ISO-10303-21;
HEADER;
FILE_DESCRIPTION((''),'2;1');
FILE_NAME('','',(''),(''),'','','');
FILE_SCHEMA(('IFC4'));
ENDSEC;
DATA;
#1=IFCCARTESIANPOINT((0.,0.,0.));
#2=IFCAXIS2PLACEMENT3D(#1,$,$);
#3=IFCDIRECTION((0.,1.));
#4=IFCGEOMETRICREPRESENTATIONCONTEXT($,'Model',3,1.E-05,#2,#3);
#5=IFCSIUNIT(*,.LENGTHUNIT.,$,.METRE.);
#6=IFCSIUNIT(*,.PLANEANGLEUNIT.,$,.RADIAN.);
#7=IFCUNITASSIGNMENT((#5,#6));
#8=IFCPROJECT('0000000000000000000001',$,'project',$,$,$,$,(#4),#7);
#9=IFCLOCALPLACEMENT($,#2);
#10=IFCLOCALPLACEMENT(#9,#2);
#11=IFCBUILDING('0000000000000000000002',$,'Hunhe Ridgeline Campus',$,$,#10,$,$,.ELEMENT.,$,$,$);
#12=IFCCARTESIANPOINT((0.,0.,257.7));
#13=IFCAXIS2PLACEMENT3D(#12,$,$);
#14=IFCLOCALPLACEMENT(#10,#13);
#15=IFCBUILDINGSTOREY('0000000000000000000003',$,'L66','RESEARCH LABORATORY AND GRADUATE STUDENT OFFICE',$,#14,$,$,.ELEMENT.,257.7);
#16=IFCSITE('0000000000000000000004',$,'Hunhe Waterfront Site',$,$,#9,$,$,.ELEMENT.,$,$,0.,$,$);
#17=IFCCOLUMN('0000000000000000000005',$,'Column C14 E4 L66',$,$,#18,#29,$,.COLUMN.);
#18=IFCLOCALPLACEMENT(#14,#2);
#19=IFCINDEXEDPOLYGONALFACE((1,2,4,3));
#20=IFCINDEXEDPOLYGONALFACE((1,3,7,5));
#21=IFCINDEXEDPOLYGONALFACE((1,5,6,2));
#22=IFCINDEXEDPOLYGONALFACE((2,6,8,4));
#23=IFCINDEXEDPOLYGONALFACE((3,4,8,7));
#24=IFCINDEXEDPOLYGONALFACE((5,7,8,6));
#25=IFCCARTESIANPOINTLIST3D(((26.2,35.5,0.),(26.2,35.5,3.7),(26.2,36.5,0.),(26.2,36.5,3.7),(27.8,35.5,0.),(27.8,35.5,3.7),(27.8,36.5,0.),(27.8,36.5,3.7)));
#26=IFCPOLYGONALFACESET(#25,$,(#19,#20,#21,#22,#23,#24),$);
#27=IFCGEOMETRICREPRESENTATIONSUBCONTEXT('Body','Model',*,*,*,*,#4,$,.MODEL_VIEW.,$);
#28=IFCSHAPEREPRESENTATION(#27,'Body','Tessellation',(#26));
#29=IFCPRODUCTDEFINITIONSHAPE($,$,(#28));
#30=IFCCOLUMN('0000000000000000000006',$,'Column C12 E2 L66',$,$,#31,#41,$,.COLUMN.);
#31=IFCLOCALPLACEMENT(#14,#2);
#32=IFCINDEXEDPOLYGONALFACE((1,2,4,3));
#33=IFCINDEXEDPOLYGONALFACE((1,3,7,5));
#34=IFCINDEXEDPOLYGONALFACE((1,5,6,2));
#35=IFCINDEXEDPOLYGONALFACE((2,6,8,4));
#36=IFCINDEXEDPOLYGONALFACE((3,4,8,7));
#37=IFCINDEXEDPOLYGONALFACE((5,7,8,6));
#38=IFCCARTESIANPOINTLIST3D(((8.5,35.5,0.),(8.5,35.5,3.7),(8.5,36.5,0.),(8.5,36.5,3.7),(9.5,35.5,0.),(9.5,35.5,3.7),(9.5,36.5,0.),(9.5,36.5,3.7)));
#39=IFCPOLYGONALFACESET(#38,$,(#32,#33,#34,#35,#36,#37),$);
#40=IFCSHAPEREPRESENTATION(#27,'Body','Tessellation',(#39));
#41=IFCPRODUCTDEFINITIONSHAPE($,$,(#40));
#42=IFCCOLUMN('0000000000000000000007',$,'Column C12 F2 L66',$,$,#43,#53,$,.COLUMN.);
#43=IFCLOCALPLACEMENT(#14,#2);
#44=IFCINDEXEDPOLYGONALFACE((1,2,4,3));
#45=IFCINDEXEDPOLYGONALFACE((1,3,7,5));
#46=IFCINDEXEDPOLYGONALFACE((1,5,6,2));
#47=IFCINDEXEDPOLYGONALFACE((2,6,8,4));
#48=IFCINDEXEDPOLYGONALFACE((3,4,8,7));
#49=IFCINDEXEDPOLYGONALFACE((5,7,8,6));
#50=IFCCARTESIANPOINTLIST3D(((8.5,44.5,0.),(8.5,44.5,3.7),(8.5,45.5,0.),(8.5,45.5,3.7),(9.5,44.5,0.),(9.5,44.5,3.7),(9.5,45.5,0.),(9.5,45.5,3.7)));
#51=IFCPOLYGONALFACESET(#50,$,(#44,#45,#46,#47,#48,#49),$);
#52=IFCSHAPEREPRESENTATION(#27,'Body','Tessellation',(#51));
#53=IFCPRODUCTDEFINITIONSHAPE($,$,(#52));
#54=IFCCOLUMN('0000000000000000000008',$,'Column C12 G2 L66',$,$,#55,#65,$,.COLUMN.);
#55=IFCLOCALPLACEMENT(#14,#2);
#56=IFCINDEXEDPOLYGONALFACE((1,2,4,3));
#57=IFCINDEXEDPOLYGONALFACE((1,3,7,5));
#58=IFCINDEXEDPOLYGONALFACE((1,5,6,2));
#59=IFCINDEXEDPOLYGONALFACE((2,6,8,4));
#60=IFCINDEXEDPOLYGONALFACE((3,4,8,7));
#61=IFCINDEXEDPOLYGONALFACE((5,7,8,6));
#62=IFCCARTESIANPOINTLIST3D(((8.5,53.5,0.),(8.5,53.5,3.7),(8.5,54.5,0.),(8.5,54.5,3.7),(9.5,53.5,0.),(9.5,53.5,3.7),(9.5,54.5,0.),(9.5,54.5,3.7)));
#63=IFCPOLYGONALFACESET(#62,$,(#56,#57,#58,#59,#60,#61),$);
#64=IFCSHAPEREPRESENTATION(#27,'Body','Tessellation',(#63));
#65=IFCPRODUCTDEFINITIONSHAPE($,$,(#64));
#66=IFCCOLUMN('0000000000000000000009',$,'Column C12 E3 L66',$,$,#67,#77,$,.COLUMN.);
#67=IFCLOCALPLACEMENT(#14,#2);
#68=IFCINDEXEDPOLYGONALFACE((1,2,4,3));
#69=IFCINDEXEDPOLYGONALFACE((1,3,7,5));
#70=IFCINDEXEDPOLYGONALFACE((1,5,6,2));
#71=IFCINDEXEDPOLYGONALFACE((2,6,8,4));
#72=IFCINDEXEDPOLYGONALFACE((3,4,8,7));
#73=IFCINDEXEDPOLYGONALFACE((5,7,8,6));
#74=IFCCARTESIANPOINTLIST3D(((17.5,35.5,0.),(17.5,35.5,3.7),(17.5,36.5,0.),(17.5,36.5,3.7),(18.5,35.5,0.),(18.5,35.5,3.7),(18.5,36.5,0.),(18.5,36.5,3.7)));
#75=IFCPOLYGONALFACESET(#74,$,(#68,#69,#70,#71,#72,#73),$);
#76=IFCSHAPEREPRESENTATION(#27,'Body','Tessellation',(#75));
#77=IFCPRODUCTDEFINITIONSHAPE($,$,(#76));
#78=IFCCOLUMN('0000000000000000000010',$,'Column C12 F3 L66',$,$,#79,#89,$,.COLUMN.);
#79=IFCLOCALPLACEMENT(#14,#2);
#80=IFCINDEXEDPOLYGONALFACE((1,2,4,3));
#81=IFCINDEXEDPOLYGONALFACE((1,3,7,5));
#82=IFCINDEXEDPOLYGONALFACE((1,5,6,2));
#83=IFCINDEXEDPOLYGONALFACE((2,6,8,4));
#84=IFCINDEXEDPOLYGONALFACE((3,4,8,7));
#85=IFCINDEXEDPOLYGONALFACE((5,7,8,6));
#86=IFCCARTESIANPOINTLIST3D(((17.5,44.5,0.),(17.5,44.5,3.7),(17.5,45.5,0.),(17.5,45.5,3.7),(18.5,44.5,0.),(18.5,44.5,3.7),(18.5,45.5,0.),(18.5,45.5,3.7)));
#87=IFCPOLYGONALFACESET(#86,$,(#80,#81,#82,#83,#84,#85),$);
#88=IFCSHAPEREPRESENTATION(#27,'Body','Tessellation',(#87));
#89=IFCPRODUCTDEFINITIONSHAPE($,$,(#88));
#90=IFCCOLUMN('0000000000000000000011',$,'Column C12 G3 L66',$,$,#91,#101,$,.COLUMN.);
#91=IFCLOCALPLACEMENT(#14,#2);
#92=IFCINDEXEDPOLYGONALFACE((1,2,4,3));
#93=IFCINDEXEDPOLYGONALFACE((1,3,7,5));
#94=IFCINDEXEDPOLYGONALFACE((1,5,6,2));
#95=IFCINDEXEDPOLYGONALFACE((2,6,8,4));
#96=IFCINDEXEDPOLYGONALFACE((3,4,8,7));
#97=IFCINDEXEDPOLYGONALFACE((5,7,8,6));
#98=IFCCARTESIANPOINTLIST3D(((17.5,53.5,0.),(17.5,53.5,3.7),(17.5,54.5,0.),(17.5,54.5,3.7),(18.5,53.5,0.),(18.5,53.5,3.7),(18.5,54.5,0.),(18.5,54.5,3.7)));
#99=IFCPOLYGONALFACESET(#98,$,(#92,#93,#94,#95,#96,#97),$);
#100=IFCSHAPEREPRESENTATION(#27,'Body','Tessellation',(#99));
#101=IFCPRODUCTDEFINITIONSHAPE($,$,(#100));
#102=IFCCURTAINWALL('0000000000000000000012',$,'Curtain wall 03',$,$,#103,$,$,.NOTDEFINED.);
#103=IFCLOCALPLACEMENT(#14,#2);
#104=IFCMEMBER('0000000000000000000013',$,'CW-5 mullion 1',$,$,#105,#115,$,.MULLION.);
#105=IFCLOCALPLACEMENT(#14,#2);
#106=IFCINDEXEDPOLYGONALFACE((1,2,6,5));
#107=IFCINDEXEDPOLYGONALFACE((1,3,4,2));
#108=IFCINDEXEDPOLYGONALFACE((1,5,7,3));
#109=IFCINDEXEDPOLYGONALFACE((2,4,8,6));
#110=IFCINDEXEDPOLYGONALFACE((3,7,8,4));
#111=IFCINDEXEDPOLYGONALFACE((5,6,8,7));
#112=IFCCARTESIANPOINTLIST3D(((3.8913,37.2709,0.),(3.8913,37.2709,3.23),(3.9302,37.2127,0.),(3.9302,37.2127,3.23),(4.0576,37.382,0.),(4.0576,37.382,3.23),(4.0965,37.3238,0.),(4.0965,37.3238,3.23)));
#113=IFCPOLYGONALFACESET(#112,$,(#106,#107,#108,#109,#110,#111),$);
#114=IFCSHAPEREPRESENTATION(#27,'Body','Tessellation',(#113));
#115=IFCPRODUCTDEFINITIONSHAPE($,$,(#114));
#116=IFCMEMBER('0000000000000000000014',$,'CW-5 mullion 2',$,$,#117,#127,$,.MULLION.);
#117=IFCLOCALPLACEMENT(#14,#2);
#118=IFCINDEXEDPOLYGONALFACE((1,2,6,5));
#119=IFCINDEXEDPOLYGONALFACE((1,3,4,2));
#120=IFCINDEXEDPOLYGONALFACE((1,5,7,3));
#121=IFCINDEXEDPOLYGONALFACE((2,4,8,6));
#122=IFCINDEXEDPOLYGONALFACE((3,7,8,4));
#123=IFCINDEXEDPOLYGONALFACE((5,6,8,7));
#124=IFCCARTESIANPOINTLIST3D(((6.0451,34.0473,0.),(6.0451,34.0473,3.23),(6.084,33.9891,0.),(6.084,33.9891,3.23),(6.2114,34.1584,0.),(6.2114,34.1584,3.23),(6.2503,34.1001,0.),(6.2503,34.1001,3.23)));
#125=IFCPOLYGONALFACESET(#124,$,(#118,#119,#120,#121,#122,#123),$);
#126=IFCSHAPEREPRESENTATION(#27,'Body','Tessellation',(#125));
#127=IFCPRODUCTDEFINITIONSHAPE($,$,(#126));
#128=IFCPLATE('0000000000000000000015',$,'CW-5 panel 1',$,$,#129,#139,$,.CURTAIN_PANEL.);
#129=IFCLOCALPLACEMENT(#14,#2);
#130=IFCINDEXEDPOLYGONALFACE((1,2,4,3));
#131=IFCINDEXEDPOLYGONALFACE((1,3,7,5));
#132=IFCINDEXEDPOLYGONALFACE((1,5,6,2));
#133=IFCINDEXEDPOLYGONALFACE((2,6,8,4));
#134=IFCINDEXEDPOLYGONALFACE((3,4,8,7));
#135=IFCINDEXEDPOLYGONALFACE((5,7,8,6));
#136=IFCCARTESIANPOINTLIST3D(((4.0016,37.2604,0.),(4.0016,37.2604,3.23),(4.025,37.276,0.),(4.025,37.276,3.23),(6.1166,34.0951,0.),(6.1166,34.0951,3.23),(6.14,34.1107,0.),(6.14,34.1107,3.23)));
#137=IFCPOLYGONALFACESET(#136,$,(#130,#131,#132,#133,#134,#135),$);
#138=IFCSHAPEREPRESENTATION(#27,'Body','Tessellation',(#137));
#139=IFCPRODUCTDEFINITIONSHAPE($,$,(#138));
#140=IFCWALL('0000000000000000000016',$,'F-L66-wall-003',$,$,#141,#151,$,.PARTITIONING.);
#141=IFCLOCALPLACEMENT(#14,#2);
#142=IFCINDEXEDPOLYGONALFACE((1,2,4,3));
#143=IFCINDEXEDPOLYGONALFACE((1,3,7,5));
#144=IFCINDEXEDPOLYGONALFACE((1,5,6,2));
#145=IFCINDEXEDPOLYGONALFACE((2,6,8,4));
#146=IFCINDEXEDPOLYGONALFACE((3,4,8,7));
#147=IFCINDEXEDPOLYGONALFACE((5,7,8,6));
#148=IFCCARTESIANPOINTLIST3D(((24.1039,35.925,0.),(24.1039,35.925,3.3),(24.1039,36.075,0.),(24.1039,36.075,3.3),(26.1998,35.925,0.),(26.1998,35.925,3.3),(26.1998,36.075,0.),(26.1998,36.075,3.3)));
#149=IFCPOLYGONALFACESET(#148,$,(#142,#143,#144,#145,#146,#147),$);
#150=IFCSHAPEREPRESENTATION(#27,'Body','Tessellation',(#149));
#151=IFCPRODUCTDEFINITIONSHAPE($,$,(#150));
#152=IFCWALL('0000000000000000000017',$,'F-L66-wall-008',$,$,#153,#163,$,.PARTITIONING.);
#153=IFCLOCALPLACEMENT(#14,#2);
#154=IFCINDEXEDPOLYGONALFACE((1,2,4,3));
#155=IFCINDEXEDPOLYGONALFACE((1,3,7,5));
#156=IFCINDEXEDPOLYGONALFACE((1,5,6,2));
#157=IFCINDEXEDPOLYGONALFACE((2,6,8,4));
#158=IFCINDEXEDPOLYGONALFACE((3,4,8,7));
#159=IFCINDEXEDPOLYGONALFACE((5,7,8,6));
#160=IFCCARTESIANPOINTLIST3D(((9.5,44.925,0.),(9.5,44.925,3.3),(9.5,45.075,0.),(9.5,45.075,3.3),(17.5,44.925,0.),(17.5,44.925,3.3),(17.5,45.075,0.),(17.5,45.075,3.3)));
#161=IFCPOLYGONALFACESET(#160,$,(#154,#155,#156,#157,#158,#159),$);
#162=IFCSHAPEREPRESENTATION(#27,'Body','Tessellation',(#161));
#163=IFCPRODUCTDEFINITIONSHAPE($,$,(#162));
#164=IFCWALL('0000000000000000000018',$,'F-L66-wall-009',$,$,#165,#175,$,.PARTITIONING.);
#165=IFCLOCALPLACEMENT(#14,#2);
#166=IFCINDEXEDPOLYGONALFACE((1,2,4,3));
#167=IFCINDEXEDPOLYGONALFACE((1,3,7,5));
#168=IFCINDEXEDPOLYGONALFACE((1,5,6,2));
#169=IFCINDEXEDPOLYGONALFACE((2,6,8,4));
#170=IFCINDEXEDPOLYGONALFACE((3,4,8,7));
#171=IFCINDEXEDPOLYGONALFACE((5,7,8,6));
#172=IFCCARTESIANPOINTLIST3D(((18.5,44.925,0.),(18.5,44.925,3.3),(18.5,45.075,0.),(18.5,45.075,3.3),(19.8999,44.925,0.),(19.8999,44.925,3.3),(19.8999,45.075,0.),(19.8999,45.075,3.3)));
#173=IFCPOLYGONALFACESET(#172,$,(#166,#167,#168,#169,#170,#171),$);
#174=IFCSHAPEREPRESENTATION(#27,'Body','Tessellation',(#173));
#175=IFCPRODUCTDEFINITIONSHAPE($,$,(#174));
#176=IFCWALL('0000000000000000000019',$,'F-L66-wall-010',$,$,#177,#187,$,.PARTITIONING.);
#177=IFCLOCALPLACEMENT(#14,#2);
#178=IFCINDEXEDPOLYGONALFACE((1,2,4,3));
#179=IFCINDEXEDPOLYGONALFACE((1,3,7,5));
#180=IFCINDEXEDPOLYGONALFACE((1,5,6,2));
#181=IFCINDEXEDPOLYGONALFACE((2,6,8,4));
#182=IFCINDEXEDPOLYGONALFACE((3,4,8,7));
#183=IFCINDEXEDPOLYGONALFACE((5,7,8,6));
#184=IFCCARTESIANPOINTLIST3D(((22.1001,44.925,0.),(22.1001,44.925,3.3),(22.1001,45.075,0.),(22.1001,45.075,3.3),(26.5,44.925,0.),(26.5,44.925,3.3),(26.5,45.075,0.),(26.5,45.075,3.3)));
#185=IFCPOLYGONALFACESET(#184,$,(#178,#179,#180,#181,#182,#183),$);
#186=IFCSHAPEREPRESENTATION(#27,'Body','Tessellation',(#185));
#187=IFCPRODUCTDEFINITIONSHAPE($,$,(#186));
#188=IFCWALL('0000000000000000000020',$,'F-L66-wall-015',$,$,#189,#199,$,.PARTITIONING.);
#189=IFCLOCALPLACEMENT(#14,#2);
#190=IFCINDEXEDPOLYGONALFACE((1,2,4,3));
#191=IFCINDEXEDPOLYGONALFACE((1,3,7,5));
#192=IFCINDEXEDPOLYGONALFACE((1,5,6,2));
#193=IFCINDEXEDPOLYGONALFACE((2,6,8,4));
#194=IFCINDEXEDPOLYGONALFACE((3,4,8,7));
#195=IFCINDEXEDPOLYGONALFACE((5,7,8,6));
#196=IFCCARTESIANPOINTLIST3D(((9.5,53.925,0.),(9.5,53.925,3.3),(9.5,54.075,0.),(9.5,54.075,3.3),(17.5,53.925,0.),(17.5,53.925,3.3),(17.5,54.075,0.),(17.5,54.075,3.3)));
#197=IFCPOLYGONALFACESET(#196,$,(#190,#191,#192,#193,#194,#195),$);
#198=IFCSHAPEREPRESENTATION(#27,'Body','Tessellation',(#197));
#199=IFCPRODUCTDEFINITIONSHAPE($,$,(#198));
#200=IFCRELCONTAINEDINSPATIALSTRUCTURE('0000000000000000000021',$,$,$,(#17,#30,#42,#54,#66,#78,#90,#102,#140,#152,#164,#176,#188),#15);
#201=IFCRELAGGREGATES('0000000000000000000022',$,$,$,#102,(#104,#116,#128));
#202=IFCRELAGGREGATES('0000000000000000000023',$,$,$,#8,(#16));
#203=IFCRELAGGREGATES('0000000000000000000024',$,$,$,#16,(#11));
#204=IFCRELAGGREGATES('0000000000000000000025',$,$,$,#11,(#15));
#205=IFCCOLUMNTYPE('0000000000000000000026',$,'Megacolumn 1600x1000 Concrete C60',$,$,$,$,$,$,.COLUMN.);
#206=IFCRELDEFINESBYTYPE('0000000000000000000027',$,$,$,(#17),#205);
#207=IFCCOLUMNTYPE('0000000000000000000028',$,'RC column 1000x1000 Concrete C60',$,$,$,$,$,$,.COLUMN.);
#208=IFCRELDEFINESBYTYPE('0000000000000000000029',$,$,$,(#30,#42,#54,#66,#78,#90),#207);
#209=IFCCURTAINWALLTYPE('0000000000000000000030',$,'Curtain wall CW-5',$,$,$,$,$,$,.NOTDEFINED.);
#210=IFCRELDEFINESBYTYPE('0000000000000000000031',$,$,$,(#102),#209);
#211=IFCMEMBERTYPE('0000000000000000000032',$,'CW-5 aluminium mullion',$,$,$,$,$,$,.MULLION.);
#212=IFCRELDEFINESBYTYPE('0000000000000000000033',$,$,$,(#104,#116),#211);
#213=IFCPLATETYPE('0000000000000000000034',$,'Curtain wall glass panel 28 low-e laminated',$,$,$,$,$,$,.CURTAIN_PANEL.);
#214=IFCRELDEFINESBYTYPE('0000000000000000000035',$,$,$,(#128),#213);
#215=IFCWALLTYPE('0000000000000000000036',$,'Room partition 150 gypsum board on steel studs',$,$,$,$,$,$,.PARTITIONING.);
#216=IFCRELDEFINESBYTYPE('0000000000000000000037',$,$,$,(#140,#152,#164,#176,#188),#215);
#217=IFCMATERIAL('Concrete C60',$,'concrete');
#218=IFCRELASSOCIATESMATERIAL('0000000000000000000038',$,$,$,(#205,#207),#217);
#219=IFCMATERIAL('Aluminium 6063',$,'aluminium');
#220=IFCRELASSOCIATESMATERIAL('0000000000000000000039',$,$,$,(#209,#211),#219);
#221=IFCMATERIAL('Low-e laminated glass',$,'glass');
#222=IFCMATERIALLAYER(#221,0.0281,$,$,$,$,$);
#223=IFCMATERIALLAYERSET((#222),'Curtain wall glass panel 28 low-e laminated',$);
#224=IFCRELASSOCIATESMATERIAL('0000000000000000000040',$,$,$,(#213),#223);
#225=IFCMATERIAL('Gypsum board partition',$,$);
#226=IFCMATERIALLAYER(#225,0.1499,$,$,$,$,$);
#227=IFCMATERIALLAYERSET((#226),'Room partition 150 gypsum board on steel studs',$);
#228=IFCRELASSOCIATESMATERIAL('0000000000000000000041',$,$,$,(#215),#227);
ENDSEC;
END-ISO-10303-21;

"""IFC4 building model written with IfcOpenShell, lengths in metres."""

from ifc_helpers import new_model, si_unit, direction, frame, frame_2d, origin, origin_2d, place, context, subcontext, project, spatial, rectangle, extrude, material, layer, layer_set, material_profile, profile_set, type_object, element, aggregate, save


model = new_model("IFC4")

# Units and contexts
model_context = context("Model", 3, precision=1e-05, world=origin(), true_north=direction((0.0, 1.0)))
body_context = subcontext(model_context, "Body", "Model", "MODEL_VIEW")
ifc_project = project(units=[si_unit("LENGTHUNIT", "METRE"), si_unit("PLANEANGLEUNIT", "RADIAN")], contexts=[model_context])

# Site, building, storey
site_placement = place(None, origin())
site = spatial("IfcSite", under=ifc_project, at=site_placement, Name="Hunhe Waterfront Site", CompositionType="ELEMENT", RefElevation=0.0)
building_placement = place(site_placement, origin())
building = spatial("IfcBuilding", under=site, at=building_placement, Name="Hunhe Ridgeline Campus", CompositionType="ELEMENT")
storey_placement = place(building_placement, frame((0.0, 0.0, 257.7)))
storey = spatial("IfcBuildingStorey", under=building, at=storey_placement, Name="L66", Description="RESEARCH LABORATORY AND GRADUATE STUDENT OFFICE", CompositionType="ELEMENT", Elevation=257.7)

# Columns
ifc_material_1 = material(Name="Concrete C60", Category="concrete")
ifc_material_profile_1 = material_profile(ifc_material_1, rectangle(XDim=1.6001, YDim=1.0, at=origin_2d()))
ifc_profile_set_1 = profile_set([ifc_material_profile_1], Name="Concrete C60")
column_type_1 = type_object("IfcColumnType", Name="Megacolumn 1600x1000 Concrete C60", PredefinedType="COLUMN", material=ifc_profile_set_1)
column_placement = place(storey_placement, frame((27.0, 36.0, 0.0), z_axis=(0.0, 0.0, 1.0), x_axis=(1.0, 0.0, 0.0)))
element("IfcColumn", 1, at=column_placement, inside=storey, type_object=column_type_1, Name="Column C14 E4 L66", PredefinedType="COLUMN", context=body_context, shape_type="SweptSolid", body=[
    extrude(rectangle(XDim=1.6001, YDim=1.0, at=origin_2d()), origin(), (0.0, 0.0, 1.0), 3.7),
])
ifc_material_profile_2 = material_profile(ifc_material_1, rectangle(XDim=1.0, YDim=1.0, at=origin_2d()))
ifc_profile_set_2 = profile_set([ifc_material_profile_2], Name="Concrete C60")
column_type_2 = type_object("IfcColumnType", Name="RC column 1000x1000 Concrete C60", PredefinedType="COLUMN", material=ifc_profile_set_2)
for number, where, z_axis, x_axis, name in (
    (2, (9.0, 36.0, 0.0), (0.0, 0.0, 1.0), (1.0, 0.0, 0.0), "Column C12 E2 L66"),
    (3, (9.0, 45.0, 0.0), (0.0, 0.0, 1.0), (1.0, 0.0, 0.0), "Column C12 F2 L66"),
    (4, (9.0, 54.0, 0.0), (0.0, 0.0, 1.0), (1.0, 0.0, 0.0), "Column C12 G2 L66"),
    (5, (18.0, 36.0, 0.0), (0.0, 0.0, 1.0), (1.0, 0.0, 0.0), "Column C12 E3 L66"),
    (6, (18.0, 45.0, 0.0), (0.0, 0.0, 1.0), (1.0, 0.0, 0.0), "Column C12 F3 L66"),
    (7, (18.0, 54.0, 0.0), (0.0, 0.0, 1.0), (1.0, 0.0, 0.0), "Column C12 G3 L66"),
):
    element("IfcColumn", number, at=place(storey_placement, frame(where, z_axis=z_axis, x_axis=x_axis)), inside=storey, type_object=column_type_2, Name=name, PredefinedType="COLUMN", context=body_context, shape_type="SweptSolid", body=[
        extrude(rectangle(XDim=1.0, YDim=1.0, at=origin_2d()), origin(), (0.0, 0.0, 1.0), 3.7),
    ])

# Curtain wall, members, plate
ifc_material_2 = material(Name="Aluminium 6063", Category="aluminium")
curtain_wall_type = type_object("IfcCurtainWallType", Name="Curtain wall CW-5", PredefinedType="NOTDEFINED", material=ifc_material_2)
curtain_wall_placement = place(storey_placement, origin())
curtain_wall = element("IfcCurtainWall", 8, at=curtain_wall_placement, inside=storey, type_object=curtain_wall_type, Name="Curtain wall 03", PredefinedType="NOTDEFINED")
ifc_material_profile_3 = material_profile(ifc_material_2, rectangle(XDim=0.2, YDim=0.0701, at=origin_2d()))
ifc_profile_set_3 = profile_set([ifc_material_profile_3], Name="Aluminium 6063")
member_type = type_object("IfcMemberType", Name="CW-5 aluminium mullion", PredefinedType="MULLION", material=ifc_profile_set_3)
member_1_placement = place(storey_placement, frame((3.9939, 37.2974, 0.0), z_axis=(0.0, 0.0, 1.0), x_axis=(0.83147, 0.55557, 0.0)))
member_1 = element("IfcMember", 9, at=member_1_placement, type_object=member_type, Name="CW-5 mullion 1", PredefinedType="MULLION", context=body_context, shape_type="SweptSolid", body=[
    extrude(rectangle(XDim=0.2, YDim=0.0701, at=origin_2d()), origin(), (0.0, 0.0, 1.0), 3.23),
])
member_2_placement = place(storey_placement, frame((6.1477, 34.0737, 0.0), z_axis=(0.0, 0.0, 1.0), x_axis=(0.83147, 0.55557, 0.0)))
member_2 = element("IfcMember", 10, at=member_2_placement, type_object=member_type, Name="CW-5 mullion 2", PredefinedType="MULLION", context=body_context, shape_type="SweptSolid", body=[
    extrude(rectangle(XDim=0.2, YDim=0.0701, at=origin_2d()), origin(), (0.0, 0.0, 1.0), 3.23),
])
ifc_material_3 = material(Name="Low-e laminated glass", Category="glass")
ifc_layer_1 = layer(ifc_material_3, 0.0281)
ifc_layer_set_1 = layer_set([ifc_layer_1], Name="Curtain wall glass panel 28 low-e laminated")
plate_type = type_object("IfcPlateType", Name="Curtain wall glass panel 28 low-e laminated", PredefinedType="CURTAIN_PANEL", material=ifc_layer_set_1)
plate_placement = place(storey_placement, frame((5.0708, 35.6855, 0.0), z_axis=(0.0, 0.0, 1.0), x_axis=(0.55557, -0.83147, 0.0)))
plate = element("IfcPlate", 11, at=plate_placement, type_object=plate_type, Name="CW-5 panel 1", PredefinedType="CURTAIN_PANEL", context=body_context, shape_type="SweptSolid", body=[
    extrude(rectangle(XDim=3.8069, YDim=0.0281, at=origin_2d()), origin(), (0.0, 0.0, 1.0), 3.23),
])
aggregate(curtain_wall, [member_1, member_2, plate])

# Shared definitions
ifc_material_4 = material(Name="Gypsum board partition")

# Walls
ifc_layer_2 = layer(ifc_material_4, 0.1499)
ifc_layer_set_2 = layer_set([ifc_layer_2], Name="Room partition 150 gypsum board on steel studs")
wall_type_1 = type_object("IfcWallType", Name="Room partition 150 gypsum board on steel studs", PredefinedType="PARTITIONING", material=ifc_layer_set_2)
wall_1_placement = place(storey_placement, frame((24.104, 36.0, 0.0), z_axis=(0.0, 0.0, 1.0), x_axis=(1.0, 0.0, 0.0)))
element("IfcWall", 12, at=wall_1_placement, inside=storey, type_object=wall_type_1, Name="F-L66-wall-003", PredefinedType="PARTITIONING", context=body_context, shape_type="SweptSolid", body=[
    extrude(rectangle(XDim=2.0959, YDim=0.1499, at=frame_2d((1.0479, 0.0))), origin(), (0.0, 0.0, 1.0), 3.3),
])
wall_2_placement = place(storey_placement, frame((9.5, 45.0, 0.0), z_axis=(0.0, 0.0, 1.0), x_axis=(1.0, 0.0, 0.0)))
element("IfcWall", 13, at=wall_2_placement, inside=storey, type_object=wall_type_1, Name="F-L66-wall-008", PredefinedType="PARTITIONING", context=body_context, shape_type="SweptSolid", body=[
    extrude(rectangle(XDim=8.0, YDim=0.1499, at=frame_2d((4.0, 0.0))), origin(), (0.0, 0.0, 1.0), 3.3),
])
wall_3_placement = place(storey_placement, frame((18.5, 45.0, 0.0), z_axis=(0.0, 0.0, 1.0), x_axis=(1.0, 0.0, 0.0)))
element("IfcWall", 14, at=wall_3_placement, inside=storey, type_object=wall_type_1, Name="F-L66-wall-009", PredefinedType="PARTITIONING", context=body_context, shape_type="SweptSolid", body=[
    extrude(rectangle(XDim=1.3999, YDim=0.1499, at=frame_2d((0.7, 0.0))), origin(), (0.0, 0.0, 1.0), 3.3),
])
wall_4_placement = place(storey_placement, frame((22.1001, 45.0, 0.0), z_axis=(0.0, 0.0, 1.0), x_axis=(1.0, 0.0, 0.0)))
element("IfcWall", 15, at=wall_4_placement, inside=storey, type_object=wall_type_1, Name="F-L66-wall-010", PredefinedType="PARTITIONING", context=body_context, shape_type="SweptSolid", body=[
    extrude(rectangle(XDim=4.3999, YDim=0.1499, at=frame_2d((2.2, 0.0))), origin(), (0.0, 0.0, 1.0), 3.3),
])
wall_5_placement = place(storey_placement, frame((9.5, 54.0, 0.0), z_axis=(0.0, 0.0, 1.0), x_axis=(1.0, 0.0, 0.0)))
element("IfcWall", 16, at=wall_5_placement, inside=storey, type_object=wall_type_1, Name="F-L66-wall-015", PredefinedType="PARTITIONING", context=body_context, shape_type="SweptSolid", body=[
    extrude(rectangle(XDim=8.0, YDim=0.1499, at=frame_2d((4.0, 0.0))), origin(), (0.0, 0.0, 1.0), 3.3),
])

save(model, "model.ifc")
